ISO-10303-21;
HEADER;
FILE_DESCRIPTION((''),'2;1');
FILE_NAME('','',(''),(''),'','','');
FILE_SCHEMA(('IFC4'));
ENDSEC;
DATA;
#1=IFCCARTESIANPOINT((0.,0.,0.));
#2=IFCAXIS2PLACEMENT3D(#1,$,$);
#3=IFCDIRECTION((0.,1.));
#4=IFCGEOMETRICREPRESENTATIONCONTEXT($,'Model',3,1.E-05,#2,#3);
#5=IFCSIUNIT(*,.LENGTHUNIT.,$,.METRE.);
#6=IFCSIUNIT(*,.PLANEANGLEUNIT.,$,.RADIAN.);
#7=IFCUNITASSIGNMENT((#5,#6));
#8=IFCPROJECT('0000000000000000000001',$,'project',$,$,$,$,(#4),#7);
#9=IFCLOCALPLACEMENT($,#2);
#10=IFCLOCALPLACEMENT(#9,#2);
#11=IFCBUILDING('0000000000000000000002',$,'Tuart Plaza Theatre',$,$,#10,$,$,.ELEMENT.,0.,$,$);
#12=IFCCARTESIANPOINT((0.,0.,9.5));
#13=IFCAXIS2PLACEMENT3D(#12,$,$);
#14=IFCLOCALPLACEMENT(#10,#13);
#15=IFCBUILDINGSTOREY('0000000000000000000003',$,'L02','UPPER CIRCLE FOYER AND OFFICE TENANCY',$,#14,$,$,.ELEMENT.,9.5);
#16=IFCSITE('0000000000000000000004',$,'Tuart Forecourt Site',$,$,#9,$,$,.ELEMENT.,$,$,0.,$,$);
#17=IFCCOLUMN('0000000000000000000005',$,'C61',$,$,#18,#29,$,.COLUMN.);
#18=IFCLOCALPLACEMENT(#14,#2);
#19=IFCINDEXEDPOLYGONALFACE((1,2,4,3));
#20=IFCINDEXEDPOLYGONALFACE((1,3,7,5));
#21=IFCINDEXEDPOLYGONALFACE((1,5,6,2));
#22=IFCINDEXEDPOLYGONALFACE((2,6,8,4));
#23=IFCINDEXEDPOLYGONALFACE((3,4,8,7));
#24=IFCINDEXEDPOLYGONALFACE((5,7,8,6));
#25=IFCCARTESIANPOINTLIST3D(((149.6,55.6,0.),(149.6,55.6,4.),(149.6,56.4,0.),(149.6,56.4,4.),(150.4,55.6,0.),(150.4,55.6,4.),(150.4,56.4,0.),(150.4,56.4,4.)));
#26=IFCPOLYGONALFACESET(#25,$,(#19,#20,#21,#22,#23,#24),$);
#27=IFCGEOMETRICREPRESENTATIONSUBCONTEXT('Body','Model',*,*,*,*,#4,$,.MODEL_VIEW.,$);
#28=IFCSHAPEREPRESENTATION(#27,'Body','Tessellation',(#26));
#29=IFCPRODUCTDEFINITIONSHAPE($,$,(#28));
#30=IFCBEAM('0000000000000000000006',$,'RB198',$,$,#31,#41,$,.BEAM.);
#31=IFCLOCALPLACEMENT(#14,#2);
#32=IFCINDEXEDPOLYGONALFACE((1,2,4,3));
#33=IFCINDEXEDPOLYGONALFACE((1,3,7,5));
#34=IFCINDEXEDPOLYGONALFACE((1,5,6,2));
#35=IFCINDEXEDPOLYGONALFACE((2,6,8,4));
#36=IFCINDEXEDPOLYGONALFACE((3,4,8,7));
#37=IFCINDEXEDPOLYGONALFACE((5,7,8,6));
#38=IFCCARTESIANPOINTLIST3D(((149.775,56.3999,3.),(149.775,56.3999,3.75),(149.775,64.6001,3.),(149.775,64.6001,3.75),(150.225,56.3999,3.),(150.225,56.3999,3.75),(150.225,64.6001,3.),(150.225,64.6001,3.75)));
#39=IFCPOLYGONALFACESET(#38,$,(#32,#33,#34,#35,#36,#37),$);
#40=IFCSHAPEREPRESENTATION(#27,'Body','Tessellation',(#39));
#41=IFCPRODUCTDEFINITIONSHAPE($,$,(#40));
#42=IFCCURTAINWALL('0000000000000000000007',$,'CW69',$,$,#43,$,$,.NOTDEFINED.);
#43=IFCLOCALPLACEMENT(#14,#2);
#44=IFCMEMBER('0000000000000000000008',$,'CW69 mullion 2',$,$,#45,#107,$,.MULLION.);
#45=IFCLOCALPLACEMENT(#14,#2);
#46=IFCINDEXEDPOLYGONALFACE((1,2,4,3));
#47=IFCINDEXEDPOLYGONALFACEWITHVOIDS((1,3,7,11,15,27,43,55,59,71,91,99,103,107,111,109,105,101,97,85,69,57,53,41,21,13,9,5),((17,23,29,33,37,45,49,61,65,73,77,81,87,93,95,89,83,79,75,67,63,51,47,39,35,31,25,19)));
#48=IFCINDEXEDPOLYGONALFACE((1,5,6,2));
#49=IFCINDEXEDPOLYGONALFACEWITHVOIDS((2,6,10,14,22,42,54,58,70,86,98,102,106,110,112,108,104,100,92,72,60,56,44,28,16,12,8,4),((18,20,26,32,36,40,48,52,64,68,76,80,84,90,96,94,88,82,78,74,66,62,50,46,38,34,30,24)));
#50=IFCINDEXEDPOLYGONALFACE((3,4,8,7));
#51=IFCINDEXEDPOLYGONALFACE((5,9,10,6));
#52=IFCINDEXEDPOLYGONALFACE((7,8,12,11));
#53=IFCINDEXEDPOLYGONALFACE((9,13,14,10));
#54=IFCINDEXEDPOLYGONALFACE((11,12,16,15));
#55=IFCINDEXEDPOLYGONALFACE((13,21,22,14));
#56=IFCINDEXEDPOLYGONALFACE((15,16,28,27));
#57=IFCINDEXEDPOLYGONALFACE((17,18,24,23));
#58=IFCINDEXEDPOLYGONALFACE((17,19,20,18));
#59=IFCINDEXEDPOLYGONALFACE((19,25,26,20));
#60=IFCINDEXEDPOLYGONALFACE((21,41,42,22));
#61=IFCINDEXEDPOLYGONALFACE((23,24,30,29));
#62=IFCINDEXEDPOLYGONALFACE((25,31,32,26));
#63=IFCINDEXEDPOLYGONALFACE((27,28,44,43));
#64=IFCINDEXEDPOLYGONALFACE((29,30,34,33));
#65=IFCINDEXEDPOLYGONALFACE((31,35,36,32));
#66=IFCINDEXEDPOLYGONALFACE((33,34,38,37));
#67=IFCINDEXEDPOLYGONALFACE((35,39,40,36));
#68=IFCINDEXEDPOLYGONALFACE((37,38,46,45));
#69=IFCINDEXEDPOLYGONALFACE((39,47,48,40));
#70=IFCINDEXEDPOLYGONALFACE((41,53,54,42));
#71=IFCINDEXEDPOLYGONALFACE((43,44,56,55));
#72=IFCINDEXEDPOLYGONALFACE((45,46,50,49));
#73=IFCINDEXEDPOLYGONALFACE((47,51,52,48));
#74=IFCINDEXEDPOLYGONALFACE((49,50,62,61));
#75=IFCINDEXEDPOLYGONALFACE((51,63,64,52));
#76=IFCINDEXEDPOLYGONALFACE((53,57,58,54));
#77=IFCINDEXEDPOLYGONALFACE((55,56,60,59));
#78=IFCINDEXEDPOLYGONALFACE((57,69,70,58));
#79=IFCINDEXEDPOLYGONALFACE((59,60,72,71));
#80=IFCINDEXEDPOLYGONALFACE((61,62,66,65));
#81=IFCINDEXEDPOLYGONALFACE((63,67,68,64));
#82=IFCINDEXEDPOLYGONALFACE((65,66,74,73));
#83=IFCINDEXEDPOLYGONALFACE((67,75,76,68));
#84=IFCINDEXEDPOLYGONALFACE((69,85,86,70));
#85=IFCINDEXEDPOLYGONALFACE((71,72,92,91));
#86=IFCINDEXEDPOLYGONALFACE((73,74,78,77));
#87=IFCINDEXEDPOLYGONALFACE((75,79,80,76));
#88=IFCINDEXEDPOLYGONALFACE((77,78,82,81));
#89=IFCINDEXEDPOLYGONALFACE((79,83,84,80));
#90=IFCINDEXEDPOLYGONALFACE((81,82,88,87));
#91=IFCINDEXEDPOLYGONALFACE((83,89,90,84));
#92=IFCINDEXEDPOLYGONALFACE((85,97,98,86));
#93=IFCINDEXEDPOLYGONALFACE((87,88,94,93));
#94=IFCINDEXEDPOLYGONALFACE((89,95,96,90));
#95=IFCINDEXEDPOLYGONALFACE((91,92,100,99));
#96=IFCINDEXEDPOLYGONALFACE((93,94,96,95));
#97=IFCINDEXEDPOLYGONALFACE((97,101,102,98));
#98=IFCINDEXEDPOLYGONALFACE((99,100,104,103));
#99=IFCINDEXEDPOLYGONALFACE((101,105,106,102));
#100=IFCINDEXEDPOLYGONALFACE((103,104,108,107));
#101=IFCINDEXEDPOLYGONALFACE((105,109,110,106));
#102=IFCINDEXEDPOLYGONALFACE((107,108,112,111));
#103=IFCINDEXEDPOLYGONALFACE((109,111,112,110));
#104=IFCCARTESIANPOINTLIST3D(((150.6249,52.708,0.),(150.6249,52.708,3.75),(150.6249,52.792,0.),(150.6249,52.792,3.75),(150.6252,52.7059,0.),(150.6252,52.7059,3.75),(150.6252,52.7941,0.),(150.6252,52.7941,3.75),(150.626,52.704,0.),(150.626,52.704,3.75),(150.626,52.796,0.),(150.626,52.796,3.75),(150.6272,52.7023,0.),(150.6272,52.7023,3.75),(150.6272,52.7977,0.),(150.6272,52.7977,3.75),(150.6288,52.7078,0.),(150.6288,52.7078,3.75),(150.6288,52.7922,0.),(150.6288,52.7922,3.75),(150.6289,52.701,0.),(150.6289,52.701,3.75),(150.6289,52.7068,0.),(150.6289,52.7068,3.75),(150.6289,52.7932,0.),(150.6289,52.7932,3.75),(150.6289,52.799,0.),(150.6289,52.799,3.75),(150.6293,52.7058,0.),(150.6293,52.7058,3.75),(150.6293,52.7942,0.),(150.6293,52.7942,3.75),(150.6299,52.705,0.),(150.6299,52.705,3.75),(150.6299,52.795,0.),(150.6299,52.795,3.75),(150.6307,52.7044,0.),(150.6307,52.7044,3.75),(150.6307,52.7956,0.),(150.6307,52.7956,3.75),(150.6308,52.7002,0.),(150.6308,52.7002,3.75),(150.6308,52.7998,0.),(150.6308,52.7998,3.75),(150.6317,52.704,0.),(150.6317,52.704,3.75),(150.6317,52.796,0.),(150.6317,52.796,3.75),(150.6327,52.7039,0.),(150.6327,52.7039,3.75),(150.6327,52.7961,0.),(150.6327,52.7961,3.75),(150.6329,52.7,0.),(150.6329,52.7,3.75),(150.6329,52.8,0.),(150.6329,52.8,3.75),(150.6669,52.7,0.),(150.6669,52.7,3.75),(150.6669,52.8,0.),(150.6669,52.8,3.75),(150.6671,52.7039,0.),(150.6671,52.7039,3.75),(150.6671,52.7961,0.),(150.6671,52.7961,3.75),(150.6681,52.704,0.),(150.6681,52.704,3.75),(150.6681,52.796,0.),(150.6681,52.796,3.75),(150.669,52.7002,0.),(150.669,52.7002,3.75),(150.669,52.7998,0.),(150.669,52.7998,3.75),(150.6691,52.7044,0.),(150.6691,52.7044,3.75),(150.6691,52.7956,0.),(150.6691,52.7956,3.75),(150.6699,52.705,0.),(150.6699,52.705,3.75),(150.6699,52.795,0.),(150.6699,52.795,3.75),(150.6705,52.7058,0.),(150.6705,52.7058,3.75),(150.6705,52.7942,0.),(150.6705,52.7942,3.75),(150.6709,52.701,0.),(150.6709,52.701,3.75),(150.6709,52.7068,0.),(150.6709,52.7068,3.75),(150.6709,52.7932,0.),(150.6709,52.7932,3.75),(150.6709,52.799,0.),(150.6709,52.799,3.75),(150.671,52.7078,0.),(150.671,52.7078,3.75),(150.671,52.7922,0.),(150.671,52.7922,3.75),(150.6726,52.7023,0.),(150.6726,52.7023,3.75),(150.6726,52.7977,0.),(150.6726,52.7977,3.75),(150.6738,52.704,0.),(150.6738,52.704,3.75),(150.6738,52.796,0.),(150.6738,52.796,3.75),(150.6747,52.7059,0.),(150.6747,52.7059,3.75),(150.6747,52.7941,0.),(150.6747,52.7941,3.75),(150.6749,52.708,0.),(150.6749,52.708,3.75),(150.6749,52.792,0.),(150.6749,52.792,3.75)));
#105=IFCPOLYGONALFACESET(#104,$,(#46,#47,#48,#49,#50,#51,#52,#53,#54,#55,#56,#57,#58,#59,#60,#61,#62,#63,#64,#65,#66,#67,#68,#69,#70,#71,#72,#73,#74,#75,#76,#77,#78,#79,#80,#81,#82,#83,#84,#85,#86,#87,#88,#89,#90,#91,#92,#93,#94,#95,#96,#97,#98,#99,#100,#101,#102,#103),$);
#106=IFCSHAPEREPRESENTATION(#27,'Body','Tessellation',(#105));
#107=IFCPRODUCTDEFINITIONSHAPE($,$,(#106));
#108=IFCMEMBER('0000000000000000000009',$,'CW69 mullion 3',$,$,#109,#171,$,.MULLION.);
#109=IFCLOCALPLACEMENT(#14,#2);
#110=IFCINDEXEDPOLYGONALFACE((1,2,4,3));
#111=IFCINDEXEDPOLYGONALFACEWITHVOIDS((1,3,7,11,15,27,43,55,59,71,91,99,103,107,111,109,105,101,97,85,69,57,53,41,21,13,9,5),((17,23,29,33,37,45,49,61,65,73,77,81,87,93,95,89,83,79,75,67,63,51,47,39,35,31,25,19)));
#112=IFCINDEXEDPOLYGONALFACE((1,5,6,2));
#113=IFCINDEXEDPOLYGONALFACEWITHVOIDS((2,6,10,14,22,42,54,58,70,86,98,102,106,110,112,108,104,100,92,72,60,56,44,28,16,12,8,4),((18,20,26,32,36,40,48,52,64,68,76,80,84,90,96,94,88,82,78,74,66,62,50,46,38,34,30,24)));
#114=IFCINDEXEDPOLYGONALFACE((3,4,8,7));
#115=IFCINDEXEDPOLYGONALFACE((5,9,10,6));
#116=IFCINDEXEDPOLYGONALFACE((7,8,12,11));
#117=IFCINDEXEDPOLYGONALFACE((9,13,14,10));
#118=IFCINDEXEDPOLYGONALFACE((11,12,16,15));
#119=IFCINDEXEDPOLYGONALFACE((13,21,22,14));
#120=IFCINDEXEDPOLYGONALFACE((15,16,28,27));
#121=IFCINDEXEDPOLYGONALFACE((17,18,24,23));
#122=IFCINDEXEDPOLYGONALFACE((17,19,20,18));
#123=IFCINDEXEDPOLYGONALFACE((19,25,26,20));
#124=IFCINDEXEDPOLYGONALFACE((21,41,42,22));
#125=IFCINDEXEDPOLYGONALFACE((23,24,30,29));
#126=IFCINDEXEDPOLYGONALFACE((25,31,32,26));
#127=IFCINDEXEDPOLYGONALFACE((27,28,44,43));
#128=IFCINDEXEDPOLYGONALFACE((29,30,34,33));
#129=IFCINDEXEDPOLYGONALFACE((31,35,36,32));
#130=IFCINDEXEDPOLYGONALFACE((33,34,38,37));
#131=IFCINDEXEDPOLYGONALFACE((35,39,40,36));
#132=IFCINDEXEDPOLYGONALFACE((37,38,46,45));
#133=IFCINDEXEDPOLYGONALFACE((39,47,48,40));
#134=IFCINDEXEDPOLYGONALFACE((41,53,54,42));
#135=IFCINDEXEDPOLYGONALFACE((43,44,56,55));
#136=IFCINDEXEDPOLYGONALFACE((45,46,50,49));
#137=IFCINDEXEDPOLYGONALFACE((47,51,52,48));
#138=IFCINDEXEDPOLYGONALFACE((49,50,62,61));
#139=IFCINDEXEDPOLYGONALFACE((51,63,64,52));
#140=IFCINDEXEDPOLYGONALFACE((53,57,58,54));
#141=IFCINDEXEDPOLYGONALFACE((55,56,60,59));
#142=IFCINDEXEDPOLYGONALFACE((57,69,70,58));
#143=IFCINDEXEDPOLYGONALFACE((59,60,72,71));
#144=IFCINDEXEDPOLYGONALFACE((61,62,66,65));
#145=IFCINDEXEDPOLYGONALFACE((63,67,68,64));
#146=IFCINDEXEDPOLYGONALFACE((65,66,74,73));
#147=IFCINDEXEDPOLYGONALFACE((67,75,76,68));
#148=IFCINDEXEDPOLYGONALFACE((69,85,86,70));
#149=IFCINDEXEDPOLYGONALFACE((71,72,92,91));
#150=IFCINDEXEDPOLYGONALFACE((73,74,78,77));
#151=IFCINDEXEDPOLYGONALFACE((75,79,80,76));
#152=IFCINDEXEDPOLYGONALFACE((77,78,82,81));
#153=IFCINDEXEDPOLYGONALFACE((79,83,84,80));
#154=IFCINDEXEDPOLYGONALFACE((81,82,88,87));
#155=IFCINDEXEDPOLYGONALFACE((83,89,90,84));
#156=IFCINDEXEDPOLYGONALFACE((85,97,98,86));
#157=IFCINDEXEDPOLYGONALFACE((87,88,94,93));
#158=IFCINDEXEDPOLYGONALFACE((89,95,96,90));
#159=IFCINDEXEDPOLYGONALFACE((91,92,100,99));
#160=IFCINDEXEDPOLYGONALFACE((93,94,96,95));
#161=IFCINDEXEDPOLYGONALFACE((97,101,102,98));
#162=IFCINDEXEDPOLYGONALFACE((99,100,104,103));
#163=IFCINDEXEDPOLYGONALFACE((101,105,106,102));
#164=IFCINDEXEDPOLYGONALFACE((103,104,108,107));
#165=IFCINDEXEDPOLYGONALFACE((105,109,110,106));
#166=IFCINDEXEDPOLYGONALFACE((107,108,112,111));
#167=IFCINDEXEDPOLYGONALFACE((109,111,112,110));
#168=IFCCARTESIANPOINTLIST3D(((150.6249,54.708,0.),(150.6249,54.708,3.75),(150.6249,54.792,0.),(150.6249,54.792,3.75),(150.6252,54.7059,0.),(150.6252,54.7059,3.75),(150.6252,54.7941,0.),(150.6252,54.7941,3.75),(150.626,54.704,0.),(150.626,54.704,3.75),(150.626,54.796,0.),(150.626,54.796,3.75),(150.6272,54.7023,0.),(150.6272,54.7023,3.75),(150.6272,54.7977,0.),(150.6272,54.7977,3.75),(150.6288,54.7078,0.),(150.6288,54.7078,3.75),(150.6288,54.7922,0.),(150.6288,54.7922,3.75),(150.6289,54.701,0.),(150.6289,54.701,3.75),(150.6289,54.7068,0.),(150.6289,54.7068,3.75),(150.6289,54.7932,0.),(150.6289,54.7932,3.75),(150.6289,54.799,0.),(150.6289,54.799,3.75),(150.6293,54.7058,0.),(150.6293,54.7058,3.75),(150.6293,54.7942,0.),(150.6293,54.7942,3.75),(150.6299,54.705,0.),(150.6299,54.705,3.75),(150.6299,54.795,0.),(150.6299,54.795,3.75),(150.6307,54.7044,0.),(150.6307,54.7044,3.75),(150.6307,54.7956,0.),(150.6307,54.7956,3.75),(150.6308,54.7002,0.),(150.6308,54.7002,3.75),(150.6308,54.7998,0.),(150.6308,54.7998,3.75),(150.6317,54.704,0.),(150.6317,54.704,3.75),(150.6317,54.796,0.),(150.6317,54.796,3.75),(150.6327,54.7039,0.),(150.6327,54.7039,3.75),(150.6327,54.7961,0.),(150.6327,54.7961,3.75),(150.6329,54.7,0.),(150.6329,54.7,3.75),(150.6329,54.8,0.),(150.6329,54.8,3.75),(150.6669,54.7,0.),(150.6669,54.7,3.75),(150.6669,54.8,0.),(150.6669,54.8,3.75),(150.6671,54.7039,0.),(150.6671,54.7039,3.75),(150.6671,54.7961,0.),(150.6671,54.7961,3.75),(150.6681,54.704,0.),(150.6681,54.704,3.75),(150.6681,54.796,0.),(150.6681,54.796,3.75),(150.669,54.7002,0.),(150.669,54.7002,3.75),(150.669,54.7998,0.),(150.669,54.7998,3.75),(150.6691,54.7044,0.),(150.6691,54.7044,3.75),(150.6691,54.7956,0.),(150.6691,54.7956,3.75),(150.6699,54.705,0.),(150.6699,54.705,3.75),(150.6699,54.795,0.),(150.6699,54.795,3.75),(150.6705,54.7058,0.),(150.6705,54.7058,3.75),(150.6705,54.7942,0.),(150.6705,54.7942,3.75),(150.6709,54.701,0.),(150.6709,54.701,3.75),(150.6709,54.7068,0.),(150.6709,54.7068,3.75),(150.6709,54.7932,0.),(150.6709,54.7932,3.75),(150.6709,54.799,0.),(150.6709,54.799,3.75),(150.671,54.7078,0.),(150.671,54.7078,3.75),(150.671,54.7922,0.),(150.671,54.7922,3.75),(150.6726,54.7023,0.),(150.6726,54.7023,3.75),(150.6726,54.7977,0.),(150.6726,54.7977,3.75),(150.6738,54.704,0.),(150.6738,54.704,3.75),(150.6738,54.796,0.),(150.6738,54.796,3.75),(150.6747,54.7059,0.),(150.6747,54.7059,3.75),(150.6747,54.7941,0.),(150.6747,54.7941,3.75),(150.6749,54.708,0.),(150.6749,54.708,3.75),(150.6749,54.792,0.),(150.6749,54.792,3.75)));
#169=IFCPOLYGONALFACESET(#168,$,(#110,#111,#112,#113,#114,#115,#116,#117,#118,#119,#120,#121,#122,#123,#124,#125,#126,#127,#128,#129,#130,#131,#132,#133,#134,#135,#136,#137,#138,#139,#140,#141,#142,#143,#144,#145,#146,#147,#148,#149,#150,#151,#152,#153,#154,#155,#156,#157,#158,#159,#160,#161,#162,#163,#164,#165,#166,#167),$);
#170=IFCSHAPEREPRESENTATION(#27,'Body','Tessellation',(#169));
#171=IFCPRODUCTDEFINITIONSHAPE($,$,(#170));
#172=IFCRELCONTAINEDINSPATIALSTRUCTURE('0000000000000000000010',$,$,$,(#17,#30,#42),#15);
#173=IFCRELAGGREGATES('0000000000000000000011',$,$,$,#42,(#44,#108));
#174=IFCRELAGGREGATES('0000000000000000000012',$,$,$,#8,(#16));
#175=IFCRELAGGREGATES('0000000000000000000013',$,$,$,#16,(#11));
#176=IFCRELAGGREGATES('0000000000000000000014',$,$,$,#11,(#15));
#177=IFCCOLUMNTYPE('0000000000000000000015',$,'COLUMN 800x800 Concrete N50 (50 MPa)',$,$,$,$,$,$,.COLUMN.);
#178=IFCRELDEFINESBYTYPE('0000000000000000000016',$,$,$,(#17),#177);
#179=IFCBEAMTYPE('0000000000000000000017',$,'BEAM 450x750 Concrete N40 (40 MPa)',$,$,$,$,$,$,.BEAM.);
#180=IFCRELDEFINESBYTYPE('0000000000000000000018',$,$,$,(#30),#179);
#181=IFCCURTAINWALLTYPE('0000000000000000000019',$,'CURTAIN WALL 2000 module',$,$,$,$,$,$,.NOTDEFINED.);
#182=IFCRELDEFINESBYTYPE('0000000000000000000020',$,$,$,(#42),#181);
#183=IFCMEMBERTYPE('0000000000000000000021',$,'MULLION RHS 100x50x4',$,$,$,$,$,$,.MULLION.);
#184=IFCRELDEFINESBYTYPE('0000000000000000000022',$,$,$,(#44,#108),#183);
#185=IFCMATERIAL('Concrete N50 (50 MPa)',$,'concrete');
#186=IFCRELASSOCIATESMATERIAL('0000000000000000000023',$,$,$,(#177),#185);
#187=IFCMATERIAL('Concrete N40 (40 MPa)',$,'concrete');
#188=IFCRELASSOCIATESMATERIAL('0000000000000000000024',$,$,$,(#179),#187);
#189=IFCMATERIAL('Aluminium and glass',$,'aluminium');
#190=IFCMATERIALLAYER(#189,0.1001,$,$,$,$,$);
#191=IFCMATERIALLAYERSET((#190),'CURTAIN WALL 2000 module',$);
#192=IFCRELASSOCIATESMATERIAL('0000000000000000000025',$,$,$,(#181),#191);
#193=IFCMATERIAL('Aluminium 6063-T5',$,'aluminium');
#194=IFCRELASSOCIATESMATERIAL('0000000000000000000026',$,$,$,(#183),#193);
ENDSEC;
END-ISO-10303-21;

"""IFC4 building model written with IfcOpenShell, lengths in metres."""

from ifc_helpers import new_model, si_unit, direction, frame, origin, origin_2d, place, context, subcontext, project, spatial, rectangle, hollow_rectangle, extrude, material, layer, layer_set, material_profile, profile_set, type_object, element, aggregate, save


model = new_model("IFC4")

# Units and contexts
model_context = context("Model", 3, precision=1e-05, world=origin(), true_north=direction((0.0, 1.0)))
body_context = subcontext(model_context, "Body", "Model", "MODEL_VIEW")
ifc_project = project(units=[si_unit("LENGTHUNIT", "METRE"), si_unit("PLANEANGLEUNIT", "RADIAN")], contexts=[model_context])

# Site, building, storey
site_placement = place(None, origin())
site = spatial("IfcSite", under=ifc_project, at=site_placement, Name="Tuart Forecourt Site", CompositionType="ELEMENT", RefElevation=0.0)
building_placement = place(site_placement, origin())
building = spatial("IfcBuilding", under=site, at=building_placement, Name="Tuart Plaza Theatre", CompositionType="ELEMENT", ElevationOfRefHeight=0.0)
storey_placement = place(building_placement, frame((0.0, 0.0, 9.5)))
storey = spatial("IfcBuildingStorey", under=building, at=storey_placement, Name="L02", Description="UPPER CIRCLE FOYER AND OFFICE TENANCY", CompositionType="ELEMENT", Elevation=9.5)

# Column
ifc_material_1 = material(Name="Concrete N50 (50 MPa)", Category="concrete")
ifc_material_profile_1 = material_profile(ifc_material_1, rectangle(XDim=0.8, YDim=0.8, at=origin_2d()), Name="COLUMN 800x800 Concrete N50 (50 MPa)")
ifc_profile_set_1 = profile_set([ifc_material_profile_1], Name="Concrete N50 (50 MPa)")
column_type = type_object("IfcColumnType", Name="COLUMN 800x800 Concrete N50 (50 MPa)", PredefinedType="COLUMN", material=ifc_profile_set_1)
column_placement = place(storey_placement, frame((150.0, 56.0, 0.0), z_axis=(0.0, 0.0, 1.0), x_axis=(1.0, 0.0, 0.0)))
element("IfcColumn", 1, at=column_placement, inside=storey, type_object=column_type, Name="C61", PredefinedType="COLUMN", context=body_context, shape_type="SweptSolid", body=[
    extrude(rectangle(XDim=0.8, YDim=0.8, at=origin_2d()), origin(), (0.0, 0.0, 1.0), 4.0),
])

# Beam
ifc_material_2 = material(Name="Concrete N40 (40 MPa)", Category="concrete")
ifc_material_profile_2 = material_profile(ifc_material_2, rectangle(XDim=0.45, YDim=0.75, at=origin_2d()), Name="BEAM 450x750 Concrete N40 (40 MPa)")
ifc_profile_set_2 = profile_set([ifc_material_profile_2], Name="Concrete N40 (40 MPa)")
beam_type = type_object("IfcBeamType", Name="BEAM 450x750 Concrete N40 (40 MPa)", PredefinedType="BEAM", material=ifc_profile_set_2)
beam_placement = place(storey_placement, frame((150.0, 56.3999, 3.375), z_axis=(0.0, 1.0, 0.0), x_axis=(-1.0, 0.0, 0.0)))
element("IfcBeam", 2, at=beam_placement, inside=storey, type_object=beam_type, Name="RB198", PredefinedType="BEAM", context=body_context, shape_type="SweptSolid", body=[
    extrude(rectangle(XDim=0.45, YDim=0.75, at=origin_2d()), origin(), (0.0, 0.0, 1.0), 8.2002),
])

# Curtain wall, members
ifc_material_3 = material(Name="Aluminium and glass", Category="aluminium")
ifc_layer_1 = layer(ifc_material_3, 0.1001)
ifc_layer_set_1 = layer_set([ifc_layer_1], Name="CURTAIN WALL 2000 module")
curtain_wall_type = type_object("IfcCurtainWallType", Name="CURTAIN WALL 2000 module", PredefinedType="NOTDEFINED", material=ifc_layer_set_1)
curtain_wall_placement = place(storey_placement, origin())
curtain_wall = element("IfcCurtainWall", 3, at=curtain_wall_placement, inside=storey, type_object=curtain_wall_type, Name="CW69", PredefinedType="NOTDEFINED")
ifc_material_4 = material(Name="Aluminium 6063-T5", Category="aluminium")
ifc_material_profile_3 = material_profile(ifc_material_4, hollow_rectangle(XDim=0.05, YDim=0.1001, WallThickness=0.0039, InnerFilletRadius=0.0039, OuterFilletRadius=0.0081, at=origin_2d()), Name="RHS 100x50x4")
ifc_profile_set_3 = profile_set([ifc_material_profile_3], Name="Aluminium 6063-T5")
member_type_1 = type_object("IfcMemberType", Name="MULLION RHS 100x50x4", PredefinedType="MULLION", material=ifc_profile_set_3)
member_1_placement = place(storey_placement, frame((150.6499, 52.75, 0.0), z_axis=(0.0, 0.0, 1.0), x_axis=(-1.0, 0.0, 0.0)))
member_1 = element("IfcMember", 4, at=member_1_placement, type_object=member_type_1, Name="CW69 mullion 2", PredefinedType="MULLION", context=body_context, shape_type="SweptSolid", body=[
    extrude(hollow_rectangle(XDim=0.05, YDim=0.1001, WallThickness=0.0039, InnerFilletRadius=0.0039, OuterFilletRadius=0.0081, at=origin_2d()), origin(), (0.0, 0.0, 1.0), 3.75),
])
member_2_placement = place(storey_placement, frame((150.6499, 54.75, 0.0), z_axis=(0.0, 0.0, 1.0), x_axis=(-1.0, 0.0, 0.0)))
member_2 = element("IfcMember", 5, at=member_2_placement, type_object=member_type_1, Name="CW69 mullion 3", PredefinedType="MULLION", context=body_context, shape_type="SweptSolid", body=[
    extrude(hollow_rectangle(XDim=0.05, YDim=0.1001, WallThickness=0.0039, InnerFilletRadius=0.0039, OuterFilletRadius=0.0081, at=origin_2d()), origin(), (0.0, 0.0, 1.0), 3.75),
])
aggregate(curtain_wall, [member_1, member_2])

save(model, "model.ifc")
